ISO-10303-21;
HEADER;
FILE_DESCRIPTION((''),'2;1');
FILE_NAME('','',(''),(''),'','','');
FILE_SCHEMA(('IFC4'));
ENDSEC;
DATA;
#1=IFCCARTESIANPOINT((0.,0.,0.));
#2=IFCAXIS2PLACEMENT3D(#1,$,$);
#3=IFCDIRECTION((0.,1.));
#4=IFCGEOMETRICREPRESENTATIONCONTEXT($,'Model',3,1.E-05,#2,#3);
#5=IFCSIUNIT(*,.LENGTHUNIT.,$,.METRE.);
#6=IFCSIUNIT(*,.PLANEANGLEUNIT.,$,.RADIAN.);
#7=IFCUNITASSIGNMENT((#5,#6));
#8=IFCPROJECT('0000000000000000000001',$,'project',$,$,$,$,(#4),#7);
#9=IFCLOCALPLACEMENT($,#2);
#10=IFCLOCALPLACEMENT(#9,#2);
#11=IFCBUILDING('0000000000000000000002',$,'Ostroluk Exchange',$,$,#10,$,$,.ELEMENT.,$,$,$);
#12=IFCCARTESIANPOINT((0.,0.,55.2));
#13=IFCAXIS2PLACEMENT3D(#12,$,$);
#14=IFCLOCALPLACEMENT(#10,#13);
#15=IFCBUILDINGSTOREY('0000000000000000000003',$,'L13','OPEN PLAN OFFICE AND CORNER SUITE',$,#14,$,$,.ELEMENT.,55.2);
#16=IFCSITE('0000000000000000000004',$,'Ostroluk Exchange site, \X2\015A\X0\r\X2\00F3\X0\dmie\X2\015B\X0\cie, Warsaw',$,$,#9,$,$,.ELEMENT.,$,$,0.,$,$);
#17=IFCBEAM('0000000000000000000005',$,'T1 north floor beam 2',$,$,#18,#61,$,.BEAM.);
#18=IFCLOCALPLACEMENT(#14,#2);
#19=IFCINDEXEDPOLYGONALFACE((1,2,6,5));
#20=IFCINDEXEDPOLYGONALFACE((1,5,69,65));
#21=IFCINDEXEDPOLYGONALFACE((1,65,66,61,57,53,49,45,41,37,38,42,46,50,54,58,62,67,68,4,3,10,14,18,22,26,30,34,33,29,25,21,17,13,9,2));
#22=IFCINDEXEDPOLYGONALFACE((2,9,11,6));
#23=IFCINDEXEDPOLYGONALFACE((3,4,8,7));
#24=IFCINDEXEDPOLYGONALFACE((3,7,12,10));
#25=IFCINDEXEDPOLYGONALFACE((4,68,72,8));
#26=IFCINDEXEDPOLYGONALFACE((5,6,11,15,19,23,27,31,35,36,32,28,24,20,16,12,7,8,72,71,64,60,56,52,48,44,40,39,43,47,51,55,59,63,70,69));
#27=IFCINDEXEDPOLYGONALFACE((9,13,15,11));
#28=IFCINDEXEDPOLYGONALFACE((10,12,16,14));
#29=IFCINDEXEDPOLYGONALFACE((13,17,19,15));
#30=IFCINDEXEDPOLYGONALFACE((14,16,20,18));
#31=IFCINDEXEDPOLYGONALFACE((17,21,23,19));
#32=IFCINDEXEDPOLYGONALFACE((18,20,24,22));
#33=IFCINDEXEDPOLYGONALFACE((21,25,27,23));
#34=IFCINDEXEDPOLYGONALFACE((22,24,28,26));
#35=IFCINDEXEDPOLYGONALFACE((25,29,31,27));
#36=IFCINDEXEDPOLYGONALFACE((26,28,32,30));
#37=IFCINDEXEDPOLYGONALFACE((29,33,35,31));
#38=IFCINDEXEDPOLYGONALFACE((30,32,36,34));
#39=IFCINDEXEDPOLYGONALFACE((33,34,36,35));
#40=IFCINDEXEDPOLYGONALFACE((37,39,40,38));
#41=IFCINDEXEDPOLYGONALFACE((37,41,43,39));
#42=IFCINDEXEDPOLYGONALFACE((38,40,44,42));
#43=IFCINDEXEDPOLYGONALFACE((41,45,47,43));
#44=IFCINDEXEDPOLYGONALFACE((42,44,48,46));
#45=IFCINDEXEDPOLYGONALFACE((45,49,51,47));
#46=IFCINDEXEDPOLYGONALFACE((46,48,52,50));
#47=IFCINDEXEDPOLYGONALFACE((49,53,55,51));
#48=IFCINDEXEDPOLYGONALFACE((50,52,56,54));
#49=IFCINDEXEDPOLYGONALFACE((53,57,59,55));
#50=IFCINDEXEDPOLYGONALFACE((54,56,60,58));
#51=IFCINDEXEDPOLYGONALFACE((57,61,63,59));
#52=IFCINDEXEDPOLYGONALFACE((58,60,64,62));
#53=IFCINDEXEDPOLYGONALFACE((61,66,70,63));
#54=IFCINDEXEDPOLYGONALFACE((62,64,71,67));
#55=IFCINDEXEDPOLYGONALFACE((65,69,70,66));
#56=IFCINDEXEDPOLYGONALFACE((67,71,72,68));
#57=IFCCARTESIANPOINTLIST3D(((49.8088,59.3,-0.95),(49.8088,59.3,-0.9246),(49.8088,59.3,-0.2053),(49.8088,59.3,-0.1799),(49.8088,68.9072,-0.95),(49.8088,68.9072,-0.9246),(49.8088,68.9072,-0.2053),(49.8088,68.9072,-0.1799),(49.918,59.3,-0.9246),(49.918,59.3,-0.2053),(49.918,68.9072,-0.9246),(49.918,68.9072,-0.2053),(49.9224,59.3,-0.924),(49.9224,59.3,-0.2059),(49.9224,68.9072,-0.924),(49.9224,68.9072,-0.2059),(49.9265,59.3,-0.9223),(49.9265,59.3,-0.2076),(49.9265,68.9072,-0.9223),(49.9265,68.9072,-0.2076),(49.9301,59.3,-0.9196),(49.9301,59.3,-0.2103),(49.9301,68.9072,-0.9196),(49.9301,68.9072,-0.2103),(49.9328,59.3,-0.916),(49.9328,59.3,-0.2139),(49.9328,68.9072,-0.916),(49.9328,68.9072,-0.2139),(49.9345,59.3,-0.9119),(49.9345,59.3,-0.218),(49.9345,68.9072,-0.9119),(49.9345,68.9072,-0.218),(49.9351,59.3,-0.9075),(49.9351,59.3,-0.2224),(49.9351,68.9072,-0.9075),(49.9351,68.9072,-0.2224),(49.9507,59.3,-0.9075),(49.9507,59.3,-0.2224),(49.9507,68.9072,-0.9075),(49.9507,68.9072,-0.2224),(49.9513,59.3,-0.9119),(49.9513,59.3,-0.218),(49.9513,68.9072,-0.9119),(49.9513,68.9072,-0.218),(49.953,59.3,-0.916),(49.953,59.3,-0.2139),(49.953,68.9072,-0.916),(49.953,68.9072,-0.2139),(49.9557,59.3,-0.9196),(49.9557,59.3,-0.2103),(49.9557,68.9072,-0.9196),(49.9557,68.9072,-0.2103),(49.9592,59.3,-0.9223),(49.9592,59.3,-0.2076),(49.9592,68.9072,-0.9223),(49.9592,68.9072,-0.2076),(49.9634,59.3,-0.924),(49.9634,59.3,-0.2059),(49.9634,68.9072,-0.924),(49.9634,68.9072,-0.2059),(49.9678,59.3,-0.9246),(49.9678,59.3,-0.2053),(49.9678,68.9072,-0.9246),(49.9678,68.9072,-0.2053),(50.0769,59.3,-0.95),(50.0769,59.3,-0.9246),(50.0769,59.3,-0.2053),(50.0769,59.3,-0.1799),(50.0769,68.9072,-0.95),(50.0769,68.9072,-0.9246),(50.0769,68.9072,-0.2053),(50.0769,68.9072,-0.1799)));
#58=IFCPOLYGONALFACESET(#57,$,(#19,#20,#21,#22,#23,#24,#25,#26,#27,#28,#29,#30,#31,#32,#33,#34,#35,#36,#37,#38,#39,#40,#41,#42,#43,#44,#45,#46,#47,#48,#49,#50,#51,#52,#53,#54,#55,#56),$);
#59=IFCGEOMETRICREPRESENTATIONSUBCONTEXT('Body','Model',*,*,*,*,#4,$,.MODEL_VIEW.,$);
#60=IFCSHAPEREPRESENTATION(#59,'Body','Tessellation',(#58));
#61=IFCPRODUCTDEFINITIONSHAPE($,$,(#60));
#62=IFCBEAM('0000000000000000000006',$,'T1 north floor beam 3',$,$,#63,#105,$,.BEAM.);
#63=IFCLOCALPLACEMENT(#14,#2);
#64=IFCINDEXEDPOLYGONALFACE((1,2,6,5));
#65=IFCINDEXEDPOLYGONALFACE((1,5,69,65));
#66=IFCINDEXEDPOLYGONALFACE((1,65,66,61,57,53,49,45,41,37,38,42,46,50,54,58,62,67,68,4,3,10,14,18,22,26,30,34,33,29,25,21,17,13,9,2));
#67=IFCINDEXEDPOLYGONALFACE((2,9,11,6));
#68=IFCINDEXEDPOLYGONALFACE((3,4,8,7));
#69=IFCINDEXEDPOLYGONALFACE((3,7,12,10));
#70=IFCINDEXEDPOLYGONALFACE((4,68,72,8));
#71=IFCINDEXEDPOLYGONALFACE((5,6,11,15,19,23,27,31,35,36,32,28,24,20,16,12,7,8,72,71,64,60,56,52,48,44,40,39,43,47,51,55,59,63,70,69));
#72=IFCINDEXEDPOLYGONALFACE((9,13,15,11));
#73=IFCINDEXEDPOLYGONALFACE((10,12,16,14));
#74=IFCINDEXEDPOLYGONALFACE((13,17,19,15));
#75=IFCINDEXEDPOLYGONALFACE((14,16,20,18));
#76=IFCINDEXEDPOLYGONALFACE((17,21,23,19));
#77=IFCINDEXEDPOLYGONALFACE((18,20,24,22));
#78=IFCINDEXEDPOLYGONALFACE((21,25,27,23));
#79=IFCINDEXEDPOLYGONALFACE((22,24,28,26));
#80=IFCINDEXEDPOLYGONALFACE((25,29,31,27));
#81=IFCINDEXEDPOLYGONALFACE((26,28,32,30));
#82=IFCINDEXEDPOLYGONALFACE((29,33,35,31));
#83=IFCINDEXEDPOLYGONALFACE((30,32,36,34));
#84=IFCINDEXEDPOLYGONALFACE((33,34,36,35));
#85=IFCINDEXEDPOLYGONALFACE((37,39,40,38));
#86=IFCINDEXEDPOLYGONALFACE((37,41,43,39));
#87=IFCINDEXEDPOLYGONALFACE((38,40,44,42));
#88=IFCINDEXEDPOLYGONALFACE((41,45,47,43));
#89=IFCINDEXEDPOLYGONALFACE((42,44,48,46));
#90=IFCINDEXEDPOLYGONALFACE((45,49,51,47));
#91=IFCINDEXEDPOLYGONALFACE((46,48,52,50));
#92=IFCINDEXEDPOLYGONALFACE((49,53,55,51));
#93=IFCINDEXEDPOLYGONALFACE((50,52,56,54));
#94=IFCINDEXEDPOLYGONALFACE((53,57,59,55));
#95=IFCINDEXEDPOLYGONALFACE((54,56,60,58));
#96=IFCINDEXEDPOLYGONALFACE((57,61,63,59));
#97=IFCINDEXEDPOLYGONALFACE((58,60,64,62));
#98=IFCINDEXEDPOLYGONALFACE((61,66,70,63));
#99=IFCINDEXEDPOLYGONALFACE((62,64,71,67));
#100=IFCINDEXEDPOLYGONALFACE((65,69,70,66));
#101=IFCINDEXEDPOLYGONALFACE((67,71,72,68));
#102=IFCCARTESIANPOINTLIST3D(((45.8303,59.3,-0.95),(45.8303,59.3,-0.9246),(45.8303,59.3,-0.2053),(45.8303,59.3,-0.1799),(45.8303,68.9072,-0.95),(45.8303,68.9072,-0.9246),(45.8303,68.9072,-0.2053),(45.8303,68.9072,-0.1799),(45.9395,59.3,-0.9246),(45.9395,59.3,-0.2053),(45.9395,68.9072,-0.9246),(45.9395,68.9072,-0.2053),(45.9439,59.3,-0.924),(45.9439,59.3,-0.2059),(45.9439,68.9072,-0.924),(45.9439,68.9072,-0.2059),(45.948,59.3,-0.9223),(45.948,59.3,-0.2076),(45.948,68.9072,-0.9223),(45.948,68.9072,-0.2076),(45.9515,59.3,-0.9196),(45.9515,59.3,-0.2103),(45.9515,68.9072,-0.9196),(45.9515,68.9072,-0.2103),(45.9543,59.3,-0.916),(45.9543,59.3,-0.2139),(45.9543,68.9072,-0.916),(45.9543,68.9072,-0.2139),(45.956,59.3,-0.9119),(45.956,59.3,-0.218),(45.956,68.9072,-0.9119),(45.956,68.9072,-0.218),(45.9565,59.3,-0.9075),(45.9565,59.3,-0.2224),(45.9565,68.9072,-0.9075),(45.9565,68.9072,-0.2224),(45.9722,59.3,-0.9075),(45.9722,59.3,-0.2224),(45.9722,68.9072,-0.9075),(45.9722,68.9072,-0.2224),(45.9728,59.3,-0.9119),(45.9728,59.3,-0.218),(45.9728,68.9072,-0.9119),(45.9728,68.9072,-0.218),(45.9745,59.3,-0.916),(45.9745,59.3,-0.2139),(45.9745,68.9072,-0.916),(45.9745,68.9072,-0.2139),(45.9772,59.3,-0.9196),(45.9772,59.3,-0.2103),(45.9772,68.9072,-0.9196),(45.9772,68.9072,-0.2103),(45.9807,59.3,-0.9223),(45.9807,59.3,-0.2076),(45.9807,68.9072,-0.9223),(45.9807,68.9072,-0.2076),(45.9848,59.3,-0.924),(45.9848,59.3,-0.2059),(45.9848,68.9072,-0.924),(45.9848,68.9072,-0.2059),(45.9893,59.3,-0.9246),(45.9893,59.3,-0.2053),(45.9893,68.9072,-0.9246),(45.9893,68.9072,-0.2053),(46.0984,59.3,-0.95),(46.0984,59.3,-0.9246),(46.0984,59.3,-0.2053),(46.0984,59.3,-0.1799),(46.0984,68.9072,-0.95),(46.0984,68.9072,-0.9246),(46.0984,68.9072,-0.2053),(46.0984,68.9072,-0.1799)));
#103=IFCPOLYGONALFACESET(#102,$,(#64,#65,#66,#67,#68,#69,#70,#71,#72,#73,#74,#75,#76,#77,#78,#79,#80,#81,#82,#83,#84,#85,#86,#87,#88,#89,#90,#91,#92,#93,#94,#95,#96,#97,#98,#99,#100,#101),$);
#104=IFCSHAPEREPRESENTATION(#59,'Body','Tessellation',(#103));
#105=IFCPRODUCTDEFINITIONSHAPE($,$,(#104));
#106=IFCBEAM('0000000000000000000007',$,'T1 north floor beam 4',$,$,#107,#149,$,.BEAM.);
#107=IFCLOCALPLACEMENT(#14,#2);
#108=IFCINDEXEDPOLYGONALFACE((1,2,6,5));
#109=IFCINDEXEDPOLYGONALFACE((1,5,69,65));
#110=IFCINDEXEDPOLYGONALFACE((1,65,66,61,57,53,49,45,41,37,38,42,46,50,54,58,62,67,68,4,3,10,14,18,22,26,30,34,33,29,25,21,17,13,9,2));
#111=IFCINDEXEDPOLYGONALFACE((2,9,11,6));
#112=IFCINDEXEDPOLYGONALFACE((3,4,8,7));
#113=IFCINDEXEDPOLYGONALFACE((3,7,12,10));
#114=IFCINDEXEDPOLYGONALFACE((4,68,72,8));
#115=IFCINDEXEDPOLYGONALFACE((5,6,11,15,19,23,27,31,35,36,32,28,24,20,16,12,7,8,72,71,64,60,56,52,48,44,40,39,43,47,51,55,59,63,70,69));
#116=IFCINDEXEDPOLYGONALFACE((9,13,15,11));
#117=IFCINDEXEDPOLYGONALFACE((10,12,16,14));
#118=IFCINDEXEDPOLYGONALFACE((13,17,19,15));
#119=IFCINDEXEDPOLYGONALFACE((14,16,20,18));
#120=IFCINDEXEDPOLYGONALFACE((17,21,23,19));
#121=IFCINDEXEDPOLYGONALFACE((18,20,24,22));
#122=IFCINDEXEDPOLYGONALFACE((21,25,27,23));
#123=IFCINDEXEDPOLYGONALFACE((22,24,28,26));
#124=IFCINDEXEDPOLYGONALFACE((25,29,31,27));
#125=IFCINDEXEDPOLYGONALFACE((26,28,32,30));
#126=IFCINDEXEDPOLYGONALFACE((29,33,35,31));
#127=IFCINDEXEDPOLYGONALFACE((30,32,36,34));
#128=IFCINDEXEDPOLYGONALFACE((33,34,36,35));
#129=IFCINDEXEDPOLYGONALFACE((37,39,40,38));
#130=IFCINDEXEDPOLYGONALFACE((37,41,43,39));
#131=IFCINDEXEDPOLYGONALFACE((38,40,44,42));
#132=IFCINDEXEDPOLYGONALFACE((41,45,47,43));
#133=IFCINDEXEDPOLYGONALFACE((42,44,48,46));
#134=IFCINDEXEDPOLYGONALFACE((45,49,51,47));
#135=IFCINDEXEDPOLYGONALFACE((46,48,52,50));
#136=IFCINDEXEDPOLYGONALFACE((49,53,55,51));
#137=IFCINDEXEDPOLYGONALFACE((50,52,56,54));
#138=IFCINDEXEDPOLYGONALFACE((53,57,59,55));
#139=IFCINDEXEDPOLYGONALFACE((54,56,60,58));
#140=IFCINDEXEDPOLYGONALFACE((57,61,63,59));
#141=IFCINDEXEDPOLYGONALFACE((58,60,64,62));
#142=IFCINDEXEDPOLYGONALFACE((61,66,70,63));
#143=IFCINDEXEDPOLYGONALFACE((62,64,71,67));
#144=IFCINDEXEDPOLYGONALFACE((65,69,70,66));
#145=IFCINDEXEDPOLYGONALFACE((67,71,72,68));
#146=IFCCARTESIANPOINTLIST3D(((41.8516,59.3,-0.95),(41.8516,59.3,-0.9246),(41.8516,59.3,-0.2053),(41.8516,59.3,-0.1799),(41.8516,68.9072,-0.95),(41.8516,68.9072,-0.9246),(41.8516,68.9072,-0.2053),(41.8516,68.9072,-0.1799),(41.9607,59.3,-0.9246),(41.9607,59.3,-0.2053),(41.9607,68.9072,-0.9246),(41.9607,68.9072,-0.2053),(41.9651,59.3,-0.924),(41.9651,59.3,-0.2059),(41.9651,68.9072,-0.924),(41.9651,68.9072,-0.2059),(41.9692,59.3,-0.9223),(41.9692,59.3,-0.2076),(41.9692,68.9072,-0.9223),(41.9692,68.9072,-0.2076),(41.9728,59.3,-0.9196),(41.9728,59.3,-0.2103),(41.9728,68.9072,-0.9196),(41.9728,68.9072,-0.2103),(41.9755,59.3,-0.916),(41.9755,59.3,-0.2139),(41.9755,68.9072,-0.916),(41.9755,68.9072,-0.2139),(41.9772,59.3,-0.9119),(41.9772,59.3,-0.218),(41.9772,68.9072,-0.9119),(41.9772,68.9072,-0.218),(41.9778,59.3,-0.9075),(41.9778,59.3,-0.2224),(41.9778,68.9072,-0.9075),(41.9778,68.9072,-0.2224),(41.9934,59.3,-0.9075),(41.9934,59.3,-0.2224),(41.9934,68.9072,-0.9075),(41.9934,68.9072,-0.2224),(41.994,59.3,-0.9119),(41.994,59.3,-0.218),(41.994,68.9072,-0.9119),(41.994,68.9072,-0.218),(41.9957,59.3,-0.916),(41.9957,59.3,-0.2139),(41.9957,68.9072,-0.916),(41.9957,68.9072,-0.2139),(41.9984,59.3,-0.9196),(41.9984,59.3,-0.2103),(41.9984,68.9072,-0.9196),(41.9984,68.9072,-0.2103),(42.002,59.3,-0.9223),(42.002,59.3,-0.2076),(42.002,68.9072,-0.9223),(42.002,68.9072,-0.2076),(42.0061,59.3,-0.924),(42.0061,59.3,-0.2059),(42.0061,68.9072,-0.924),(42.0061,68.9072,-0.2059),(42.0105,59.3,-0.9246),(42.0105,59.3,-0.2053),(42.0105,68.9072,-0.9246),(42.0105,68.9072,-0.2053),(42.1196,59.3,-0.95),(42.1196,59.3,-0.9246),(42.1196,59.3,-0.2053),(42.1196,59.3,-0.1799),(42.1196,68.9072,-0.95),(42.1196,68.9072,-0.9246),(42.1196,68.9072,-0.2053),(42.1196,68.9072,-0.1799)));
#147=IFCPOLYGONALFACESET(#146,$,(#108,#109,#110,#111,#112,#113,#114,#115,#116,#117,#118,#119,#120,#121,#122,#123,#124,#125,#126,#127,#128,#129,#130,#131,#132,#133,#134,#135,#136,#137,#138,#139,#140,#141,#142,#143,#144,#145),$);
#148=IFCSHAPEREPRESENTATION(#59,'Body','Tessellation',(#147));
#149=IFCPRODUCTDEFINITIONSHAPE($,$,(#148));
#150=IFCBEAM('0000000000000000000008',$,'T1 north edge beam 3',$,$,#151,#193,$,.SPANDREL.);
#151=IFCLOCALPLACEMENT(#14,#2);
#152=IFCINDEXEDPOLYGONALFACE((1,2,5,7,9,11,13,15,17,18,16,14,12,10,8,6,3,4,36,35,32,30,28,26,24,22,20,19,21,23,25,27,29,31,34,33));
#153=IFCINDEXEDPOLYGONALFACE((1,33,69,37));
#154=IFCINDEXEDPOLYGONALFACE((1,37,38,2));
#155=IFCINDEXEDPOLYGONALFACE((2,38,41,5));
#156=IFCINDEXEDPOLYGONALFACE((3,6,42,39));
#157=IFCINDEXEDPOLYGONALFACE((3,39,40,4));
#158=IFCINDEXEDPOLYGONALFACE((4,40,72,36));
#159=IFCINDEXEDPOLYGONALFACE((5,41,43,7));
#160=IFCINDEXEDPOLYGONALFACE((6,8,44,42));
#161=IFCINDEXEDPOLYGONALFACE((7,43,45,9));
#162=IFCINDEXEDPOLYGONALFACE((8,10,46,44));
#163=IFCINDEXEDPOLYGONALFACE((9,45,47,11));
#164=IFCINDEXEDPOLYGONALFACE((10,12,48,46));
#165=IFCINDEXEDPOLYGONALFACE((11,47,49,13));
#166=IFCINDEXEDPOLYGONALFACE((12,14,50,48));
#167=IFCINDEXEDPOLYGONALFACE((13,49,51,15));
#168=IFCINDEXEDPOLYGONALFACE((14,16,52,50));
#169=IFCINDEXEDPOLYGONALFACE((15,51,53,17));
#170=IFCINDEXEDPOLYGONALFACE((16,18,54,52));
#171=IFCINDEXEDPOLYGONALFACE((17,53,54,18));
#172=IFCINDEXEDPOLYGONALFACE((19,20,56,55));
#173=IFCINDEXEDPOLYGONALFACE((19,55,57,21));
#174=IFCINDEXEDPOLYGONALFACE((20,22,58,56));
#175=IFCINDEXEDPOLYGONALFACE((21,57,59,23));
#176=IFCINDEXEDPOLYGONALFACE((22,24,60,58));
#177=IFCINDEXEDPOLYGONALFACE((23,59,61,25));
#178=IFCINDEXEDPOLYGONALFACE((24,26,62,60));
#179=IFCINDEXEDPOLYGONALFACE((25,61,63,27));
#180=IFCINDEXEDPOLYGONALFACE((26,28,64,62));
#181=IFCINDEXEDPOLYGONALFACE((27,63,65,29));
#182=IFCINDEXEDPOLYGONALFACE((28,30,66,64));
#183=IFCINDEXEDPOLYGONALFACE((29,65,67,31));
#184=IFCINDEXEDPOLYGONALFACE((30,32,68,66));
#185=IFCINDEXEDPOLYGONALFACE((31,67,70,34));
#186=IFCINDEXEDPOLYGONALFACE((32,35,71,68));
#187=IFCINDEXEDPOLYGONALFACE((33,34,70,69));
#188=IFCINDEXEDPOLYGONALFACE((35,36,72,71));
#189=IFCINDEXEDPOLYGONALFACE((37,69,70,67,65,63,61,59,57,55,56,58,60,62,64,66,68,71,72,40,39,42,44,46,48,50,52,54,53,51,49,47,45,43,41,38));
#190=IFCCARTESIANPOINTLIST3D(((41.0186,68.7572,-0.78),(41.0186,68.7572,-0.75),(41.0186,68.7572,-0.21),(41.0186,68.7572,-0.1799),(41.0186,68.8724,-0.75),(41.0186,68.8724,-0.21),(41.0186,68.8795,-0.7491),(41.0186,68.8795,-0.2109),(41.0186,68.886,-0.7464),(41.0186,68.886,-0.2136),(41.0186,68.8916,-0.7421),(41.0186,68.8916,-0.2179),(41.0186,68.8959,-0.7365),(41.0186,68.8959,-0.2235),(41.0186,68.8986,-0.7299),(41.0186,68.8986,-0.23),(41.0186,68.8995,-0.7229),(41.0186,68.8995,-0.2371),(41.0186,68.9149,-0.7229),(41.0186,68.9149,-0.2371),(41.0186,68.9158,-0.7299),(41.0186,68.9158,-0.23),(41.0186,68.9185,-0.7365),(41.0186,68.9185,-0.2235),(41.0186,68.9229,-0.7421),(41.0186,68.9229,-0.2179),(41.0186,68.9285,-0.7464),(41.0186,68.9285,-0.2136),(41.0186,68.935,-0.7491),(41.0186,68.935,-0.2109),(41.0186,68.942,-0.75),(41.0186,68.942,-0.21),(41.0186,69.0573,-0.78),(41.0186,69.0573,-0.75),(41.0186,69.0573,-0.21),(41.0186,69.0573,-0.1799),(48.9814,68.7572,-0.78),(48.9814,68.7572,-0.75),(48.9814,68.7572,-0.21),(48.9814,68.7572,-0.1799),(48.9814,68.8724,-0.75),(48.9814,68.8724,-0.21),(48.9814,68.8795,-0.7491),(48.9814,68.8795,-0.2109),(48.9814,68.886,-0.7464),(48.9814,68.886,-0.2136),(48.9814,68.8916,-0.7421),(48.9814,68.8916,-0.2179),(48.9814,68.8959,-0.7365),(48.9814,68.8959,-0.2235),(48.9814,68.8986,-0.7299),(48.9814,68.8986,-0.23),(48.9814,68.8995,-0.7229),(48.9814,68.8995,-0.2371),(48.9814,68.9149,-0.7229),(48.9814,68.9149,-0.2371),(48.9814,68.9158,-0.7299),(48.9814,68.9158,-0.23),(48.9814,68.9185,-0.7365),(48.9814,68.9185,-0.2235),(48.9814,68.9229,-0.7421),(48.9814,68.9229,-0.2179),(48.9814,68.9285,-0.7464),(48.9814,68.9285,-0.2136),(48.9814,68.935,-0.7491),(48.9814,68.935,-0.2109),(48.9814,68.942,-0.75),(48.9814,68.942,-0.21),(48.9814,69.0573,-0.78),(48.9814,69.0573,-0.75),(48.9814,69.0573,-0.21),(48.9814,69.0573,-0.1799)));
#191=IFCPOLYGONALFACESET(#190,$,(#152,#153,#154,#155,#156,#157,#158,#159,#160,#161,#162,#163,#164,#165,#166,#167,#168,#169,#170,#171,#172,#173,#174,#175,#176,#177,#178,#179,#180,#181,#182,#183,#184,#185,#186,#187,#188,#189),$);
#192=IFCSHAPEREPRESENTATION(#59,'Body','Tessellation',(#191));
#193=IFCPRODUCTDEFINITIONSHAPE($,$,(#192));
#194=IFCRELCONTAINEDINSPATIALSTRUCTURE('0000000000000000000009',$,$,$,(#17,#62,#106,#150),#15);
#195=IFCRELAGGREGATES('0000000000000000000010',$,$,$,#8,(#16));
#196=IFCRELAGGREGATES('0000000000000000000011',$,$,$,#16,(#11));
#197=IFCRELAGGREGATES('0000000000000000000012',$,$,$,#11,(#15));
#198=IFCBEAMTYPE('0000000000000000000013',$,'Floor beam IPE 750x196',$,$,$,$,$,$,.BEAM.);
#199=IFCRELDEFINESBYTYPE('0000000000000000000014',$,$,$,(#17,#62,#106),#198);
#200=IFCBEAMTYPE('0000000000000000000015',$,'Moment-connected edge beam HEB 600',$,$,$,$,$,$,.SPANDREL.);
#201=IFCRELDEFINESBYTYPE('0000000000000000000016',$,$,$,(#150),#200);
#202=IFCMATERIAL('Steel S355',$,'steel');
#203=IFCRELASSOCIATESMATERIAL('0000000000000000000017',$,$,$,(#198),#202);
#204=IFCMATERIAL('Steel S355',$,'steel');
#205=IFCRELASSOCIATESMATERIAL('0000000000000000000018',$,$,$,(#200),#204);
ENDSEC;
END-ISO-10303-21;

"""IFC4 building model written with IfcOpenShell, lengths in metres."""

from ifc_helpers import new_model, si_unit, direction, frame, origin, origin_2d, place, context, subcontext, project, spatial, i_section, extrude, material, material_profile, profile_set, type_object, element, save


model = new_model("IFC4")

# Units and contexts
model_context = context("Model", 3, precision=1e-05, world=origin(), true_north=direction((0.0, 1.0)))
body_context = subcontext(model_context, "Body", "Model", "MODEL_VIEW")
ifc_project = project(units=[si_unit("LENGTHUNIT", "METRE"), si_unit("PLANEANGLEUNIT", "RADIAN")], contexts=[model_context])

# Site, building, storey
site_placement = place(None, origin())
site = spatial("IfcSite", under=ifc_project, at=site_placement, Name="Ostroluk Exchange site, Śródmieście, Warsaw", CompositionType="ELEMENT", RefElevation=0.0)
building_placement = place(site_placement, origin())
building = spatial("IfcBuilding", under=site, at=building_placement, Name="Ostroluk Exchange", CompositionType="ELEMENT")
storey_placement = place(building_placement, frame((0.0, 0.0, 55.2)))
storey = spatial("IfcBuildingStorey", under=building, at=storey_placement, Name="L13", Description="OPEN PLAN OFFICE AND CORNER SUITE", CompositionType="ELEMENT", Elevation=55.2)

# Beams
ifc_material_1 = material(Name="Steel S355", Category="steel")
ifc_material_profile_1 = material_profile(ifc_material_1, i_section(OverallWidth=0.2681, OverallDepth=0.77, WebThickness=0.0156, FlangeThickness=0.0254, FilletRadius=0.0171, at=origin_2d()), Name="IPE 750x196")
ifc_profile_set_1 = profile_set([ifc_material_profile_1], Name="Steel S355")
beam_type_1 = type_object("IfcBeamType", Name="Floor beam IPE 750x196", PredefinedType="BEAM", material=ifc_profile_set_1)
for number, where, z_axis, x_axis, name in (
    (1, (49.9429, 59.3, -0.5649), (0.0, 1.0, 0.0), (-1.0, 0.0, 0.0), "T1 north floor beam 2"),
    (2, (45.9644, 59.3, -0.5649), (0.0, 1.0, 0.0), (-1.0, 0.0, 0.0), "T1 north floor beam 3"),
    (3, (41.9856, 59.3, -0.5649), (0.0, 1.0, 0.0), (-1.0, 0.0, 0.0), "T1 north floor beam 4"),
):
    element("IfcBeam", number, at=place(storey_placement, frame(where, z_axis=z_axis, x_axis=x_axis)), inside=storey, type_object=beam_type_1, Name=name, PredefinedType="BEAM", context=body_context, shape_type="SweptSolid", body=[
        extrude(i_section(OverallWidth=0.2681, OverallDepth=0.77, WebThickness=0.0156, FlangeThickness=0.0254, FilletRadius=0.0171, at=origin_2d()), origin(), (0.0, 0.0, 1.0), 9.6072),
    ])
ifc_material_2 = material(Name="Steel S355", Category="steel")
ifc_material_profile_2 = material_profile(ifc_material_2, i_section(OverallWidth=0.3, OverallDepth=0.6001, WebThickness=0.0154, FlangeThickness=0.03, FilletRadius=0.0271, at=origin_2d()), Name="HEB 600")
ifc_profile_set_2 = profile_set([ifc_material_profile_2], Name="Steel S355")
beam_type_2 = type_object("IfcBeamType", Name="Moment-connected edge beam HEB 600", PredefinedType="SPANDREL", material=ifc_profile_set_2)
for number, where, z_axis, x_axis, name in (
    (4, (48.9814, 68.9072, -0.48), (-1.0, 0.0, 0.0), (0.0, -1.0, 0.0), "T1 north edge beam 3"),
):
    element("IfcBeam", number, at=place(storey_placement, frame(where, z_axis=z_axis, x_axis=x_axis)), inside=storey, type_object=beam_type_2, Name=name, PredefinedType="SPANDREL", context=body_context, shape_type="SweptSolid", body=[
        extrude(i_section(OverallWidth=0.3, OverallDepth=0.6001, WebThickness=0.0154, FlangeThickness=0.03, FilletRadius=0.0271, at=origin_2d()), origin(), (0.0, 0.0, 1.0), 7.9629),
    ])

save(model, "model.ifc")
